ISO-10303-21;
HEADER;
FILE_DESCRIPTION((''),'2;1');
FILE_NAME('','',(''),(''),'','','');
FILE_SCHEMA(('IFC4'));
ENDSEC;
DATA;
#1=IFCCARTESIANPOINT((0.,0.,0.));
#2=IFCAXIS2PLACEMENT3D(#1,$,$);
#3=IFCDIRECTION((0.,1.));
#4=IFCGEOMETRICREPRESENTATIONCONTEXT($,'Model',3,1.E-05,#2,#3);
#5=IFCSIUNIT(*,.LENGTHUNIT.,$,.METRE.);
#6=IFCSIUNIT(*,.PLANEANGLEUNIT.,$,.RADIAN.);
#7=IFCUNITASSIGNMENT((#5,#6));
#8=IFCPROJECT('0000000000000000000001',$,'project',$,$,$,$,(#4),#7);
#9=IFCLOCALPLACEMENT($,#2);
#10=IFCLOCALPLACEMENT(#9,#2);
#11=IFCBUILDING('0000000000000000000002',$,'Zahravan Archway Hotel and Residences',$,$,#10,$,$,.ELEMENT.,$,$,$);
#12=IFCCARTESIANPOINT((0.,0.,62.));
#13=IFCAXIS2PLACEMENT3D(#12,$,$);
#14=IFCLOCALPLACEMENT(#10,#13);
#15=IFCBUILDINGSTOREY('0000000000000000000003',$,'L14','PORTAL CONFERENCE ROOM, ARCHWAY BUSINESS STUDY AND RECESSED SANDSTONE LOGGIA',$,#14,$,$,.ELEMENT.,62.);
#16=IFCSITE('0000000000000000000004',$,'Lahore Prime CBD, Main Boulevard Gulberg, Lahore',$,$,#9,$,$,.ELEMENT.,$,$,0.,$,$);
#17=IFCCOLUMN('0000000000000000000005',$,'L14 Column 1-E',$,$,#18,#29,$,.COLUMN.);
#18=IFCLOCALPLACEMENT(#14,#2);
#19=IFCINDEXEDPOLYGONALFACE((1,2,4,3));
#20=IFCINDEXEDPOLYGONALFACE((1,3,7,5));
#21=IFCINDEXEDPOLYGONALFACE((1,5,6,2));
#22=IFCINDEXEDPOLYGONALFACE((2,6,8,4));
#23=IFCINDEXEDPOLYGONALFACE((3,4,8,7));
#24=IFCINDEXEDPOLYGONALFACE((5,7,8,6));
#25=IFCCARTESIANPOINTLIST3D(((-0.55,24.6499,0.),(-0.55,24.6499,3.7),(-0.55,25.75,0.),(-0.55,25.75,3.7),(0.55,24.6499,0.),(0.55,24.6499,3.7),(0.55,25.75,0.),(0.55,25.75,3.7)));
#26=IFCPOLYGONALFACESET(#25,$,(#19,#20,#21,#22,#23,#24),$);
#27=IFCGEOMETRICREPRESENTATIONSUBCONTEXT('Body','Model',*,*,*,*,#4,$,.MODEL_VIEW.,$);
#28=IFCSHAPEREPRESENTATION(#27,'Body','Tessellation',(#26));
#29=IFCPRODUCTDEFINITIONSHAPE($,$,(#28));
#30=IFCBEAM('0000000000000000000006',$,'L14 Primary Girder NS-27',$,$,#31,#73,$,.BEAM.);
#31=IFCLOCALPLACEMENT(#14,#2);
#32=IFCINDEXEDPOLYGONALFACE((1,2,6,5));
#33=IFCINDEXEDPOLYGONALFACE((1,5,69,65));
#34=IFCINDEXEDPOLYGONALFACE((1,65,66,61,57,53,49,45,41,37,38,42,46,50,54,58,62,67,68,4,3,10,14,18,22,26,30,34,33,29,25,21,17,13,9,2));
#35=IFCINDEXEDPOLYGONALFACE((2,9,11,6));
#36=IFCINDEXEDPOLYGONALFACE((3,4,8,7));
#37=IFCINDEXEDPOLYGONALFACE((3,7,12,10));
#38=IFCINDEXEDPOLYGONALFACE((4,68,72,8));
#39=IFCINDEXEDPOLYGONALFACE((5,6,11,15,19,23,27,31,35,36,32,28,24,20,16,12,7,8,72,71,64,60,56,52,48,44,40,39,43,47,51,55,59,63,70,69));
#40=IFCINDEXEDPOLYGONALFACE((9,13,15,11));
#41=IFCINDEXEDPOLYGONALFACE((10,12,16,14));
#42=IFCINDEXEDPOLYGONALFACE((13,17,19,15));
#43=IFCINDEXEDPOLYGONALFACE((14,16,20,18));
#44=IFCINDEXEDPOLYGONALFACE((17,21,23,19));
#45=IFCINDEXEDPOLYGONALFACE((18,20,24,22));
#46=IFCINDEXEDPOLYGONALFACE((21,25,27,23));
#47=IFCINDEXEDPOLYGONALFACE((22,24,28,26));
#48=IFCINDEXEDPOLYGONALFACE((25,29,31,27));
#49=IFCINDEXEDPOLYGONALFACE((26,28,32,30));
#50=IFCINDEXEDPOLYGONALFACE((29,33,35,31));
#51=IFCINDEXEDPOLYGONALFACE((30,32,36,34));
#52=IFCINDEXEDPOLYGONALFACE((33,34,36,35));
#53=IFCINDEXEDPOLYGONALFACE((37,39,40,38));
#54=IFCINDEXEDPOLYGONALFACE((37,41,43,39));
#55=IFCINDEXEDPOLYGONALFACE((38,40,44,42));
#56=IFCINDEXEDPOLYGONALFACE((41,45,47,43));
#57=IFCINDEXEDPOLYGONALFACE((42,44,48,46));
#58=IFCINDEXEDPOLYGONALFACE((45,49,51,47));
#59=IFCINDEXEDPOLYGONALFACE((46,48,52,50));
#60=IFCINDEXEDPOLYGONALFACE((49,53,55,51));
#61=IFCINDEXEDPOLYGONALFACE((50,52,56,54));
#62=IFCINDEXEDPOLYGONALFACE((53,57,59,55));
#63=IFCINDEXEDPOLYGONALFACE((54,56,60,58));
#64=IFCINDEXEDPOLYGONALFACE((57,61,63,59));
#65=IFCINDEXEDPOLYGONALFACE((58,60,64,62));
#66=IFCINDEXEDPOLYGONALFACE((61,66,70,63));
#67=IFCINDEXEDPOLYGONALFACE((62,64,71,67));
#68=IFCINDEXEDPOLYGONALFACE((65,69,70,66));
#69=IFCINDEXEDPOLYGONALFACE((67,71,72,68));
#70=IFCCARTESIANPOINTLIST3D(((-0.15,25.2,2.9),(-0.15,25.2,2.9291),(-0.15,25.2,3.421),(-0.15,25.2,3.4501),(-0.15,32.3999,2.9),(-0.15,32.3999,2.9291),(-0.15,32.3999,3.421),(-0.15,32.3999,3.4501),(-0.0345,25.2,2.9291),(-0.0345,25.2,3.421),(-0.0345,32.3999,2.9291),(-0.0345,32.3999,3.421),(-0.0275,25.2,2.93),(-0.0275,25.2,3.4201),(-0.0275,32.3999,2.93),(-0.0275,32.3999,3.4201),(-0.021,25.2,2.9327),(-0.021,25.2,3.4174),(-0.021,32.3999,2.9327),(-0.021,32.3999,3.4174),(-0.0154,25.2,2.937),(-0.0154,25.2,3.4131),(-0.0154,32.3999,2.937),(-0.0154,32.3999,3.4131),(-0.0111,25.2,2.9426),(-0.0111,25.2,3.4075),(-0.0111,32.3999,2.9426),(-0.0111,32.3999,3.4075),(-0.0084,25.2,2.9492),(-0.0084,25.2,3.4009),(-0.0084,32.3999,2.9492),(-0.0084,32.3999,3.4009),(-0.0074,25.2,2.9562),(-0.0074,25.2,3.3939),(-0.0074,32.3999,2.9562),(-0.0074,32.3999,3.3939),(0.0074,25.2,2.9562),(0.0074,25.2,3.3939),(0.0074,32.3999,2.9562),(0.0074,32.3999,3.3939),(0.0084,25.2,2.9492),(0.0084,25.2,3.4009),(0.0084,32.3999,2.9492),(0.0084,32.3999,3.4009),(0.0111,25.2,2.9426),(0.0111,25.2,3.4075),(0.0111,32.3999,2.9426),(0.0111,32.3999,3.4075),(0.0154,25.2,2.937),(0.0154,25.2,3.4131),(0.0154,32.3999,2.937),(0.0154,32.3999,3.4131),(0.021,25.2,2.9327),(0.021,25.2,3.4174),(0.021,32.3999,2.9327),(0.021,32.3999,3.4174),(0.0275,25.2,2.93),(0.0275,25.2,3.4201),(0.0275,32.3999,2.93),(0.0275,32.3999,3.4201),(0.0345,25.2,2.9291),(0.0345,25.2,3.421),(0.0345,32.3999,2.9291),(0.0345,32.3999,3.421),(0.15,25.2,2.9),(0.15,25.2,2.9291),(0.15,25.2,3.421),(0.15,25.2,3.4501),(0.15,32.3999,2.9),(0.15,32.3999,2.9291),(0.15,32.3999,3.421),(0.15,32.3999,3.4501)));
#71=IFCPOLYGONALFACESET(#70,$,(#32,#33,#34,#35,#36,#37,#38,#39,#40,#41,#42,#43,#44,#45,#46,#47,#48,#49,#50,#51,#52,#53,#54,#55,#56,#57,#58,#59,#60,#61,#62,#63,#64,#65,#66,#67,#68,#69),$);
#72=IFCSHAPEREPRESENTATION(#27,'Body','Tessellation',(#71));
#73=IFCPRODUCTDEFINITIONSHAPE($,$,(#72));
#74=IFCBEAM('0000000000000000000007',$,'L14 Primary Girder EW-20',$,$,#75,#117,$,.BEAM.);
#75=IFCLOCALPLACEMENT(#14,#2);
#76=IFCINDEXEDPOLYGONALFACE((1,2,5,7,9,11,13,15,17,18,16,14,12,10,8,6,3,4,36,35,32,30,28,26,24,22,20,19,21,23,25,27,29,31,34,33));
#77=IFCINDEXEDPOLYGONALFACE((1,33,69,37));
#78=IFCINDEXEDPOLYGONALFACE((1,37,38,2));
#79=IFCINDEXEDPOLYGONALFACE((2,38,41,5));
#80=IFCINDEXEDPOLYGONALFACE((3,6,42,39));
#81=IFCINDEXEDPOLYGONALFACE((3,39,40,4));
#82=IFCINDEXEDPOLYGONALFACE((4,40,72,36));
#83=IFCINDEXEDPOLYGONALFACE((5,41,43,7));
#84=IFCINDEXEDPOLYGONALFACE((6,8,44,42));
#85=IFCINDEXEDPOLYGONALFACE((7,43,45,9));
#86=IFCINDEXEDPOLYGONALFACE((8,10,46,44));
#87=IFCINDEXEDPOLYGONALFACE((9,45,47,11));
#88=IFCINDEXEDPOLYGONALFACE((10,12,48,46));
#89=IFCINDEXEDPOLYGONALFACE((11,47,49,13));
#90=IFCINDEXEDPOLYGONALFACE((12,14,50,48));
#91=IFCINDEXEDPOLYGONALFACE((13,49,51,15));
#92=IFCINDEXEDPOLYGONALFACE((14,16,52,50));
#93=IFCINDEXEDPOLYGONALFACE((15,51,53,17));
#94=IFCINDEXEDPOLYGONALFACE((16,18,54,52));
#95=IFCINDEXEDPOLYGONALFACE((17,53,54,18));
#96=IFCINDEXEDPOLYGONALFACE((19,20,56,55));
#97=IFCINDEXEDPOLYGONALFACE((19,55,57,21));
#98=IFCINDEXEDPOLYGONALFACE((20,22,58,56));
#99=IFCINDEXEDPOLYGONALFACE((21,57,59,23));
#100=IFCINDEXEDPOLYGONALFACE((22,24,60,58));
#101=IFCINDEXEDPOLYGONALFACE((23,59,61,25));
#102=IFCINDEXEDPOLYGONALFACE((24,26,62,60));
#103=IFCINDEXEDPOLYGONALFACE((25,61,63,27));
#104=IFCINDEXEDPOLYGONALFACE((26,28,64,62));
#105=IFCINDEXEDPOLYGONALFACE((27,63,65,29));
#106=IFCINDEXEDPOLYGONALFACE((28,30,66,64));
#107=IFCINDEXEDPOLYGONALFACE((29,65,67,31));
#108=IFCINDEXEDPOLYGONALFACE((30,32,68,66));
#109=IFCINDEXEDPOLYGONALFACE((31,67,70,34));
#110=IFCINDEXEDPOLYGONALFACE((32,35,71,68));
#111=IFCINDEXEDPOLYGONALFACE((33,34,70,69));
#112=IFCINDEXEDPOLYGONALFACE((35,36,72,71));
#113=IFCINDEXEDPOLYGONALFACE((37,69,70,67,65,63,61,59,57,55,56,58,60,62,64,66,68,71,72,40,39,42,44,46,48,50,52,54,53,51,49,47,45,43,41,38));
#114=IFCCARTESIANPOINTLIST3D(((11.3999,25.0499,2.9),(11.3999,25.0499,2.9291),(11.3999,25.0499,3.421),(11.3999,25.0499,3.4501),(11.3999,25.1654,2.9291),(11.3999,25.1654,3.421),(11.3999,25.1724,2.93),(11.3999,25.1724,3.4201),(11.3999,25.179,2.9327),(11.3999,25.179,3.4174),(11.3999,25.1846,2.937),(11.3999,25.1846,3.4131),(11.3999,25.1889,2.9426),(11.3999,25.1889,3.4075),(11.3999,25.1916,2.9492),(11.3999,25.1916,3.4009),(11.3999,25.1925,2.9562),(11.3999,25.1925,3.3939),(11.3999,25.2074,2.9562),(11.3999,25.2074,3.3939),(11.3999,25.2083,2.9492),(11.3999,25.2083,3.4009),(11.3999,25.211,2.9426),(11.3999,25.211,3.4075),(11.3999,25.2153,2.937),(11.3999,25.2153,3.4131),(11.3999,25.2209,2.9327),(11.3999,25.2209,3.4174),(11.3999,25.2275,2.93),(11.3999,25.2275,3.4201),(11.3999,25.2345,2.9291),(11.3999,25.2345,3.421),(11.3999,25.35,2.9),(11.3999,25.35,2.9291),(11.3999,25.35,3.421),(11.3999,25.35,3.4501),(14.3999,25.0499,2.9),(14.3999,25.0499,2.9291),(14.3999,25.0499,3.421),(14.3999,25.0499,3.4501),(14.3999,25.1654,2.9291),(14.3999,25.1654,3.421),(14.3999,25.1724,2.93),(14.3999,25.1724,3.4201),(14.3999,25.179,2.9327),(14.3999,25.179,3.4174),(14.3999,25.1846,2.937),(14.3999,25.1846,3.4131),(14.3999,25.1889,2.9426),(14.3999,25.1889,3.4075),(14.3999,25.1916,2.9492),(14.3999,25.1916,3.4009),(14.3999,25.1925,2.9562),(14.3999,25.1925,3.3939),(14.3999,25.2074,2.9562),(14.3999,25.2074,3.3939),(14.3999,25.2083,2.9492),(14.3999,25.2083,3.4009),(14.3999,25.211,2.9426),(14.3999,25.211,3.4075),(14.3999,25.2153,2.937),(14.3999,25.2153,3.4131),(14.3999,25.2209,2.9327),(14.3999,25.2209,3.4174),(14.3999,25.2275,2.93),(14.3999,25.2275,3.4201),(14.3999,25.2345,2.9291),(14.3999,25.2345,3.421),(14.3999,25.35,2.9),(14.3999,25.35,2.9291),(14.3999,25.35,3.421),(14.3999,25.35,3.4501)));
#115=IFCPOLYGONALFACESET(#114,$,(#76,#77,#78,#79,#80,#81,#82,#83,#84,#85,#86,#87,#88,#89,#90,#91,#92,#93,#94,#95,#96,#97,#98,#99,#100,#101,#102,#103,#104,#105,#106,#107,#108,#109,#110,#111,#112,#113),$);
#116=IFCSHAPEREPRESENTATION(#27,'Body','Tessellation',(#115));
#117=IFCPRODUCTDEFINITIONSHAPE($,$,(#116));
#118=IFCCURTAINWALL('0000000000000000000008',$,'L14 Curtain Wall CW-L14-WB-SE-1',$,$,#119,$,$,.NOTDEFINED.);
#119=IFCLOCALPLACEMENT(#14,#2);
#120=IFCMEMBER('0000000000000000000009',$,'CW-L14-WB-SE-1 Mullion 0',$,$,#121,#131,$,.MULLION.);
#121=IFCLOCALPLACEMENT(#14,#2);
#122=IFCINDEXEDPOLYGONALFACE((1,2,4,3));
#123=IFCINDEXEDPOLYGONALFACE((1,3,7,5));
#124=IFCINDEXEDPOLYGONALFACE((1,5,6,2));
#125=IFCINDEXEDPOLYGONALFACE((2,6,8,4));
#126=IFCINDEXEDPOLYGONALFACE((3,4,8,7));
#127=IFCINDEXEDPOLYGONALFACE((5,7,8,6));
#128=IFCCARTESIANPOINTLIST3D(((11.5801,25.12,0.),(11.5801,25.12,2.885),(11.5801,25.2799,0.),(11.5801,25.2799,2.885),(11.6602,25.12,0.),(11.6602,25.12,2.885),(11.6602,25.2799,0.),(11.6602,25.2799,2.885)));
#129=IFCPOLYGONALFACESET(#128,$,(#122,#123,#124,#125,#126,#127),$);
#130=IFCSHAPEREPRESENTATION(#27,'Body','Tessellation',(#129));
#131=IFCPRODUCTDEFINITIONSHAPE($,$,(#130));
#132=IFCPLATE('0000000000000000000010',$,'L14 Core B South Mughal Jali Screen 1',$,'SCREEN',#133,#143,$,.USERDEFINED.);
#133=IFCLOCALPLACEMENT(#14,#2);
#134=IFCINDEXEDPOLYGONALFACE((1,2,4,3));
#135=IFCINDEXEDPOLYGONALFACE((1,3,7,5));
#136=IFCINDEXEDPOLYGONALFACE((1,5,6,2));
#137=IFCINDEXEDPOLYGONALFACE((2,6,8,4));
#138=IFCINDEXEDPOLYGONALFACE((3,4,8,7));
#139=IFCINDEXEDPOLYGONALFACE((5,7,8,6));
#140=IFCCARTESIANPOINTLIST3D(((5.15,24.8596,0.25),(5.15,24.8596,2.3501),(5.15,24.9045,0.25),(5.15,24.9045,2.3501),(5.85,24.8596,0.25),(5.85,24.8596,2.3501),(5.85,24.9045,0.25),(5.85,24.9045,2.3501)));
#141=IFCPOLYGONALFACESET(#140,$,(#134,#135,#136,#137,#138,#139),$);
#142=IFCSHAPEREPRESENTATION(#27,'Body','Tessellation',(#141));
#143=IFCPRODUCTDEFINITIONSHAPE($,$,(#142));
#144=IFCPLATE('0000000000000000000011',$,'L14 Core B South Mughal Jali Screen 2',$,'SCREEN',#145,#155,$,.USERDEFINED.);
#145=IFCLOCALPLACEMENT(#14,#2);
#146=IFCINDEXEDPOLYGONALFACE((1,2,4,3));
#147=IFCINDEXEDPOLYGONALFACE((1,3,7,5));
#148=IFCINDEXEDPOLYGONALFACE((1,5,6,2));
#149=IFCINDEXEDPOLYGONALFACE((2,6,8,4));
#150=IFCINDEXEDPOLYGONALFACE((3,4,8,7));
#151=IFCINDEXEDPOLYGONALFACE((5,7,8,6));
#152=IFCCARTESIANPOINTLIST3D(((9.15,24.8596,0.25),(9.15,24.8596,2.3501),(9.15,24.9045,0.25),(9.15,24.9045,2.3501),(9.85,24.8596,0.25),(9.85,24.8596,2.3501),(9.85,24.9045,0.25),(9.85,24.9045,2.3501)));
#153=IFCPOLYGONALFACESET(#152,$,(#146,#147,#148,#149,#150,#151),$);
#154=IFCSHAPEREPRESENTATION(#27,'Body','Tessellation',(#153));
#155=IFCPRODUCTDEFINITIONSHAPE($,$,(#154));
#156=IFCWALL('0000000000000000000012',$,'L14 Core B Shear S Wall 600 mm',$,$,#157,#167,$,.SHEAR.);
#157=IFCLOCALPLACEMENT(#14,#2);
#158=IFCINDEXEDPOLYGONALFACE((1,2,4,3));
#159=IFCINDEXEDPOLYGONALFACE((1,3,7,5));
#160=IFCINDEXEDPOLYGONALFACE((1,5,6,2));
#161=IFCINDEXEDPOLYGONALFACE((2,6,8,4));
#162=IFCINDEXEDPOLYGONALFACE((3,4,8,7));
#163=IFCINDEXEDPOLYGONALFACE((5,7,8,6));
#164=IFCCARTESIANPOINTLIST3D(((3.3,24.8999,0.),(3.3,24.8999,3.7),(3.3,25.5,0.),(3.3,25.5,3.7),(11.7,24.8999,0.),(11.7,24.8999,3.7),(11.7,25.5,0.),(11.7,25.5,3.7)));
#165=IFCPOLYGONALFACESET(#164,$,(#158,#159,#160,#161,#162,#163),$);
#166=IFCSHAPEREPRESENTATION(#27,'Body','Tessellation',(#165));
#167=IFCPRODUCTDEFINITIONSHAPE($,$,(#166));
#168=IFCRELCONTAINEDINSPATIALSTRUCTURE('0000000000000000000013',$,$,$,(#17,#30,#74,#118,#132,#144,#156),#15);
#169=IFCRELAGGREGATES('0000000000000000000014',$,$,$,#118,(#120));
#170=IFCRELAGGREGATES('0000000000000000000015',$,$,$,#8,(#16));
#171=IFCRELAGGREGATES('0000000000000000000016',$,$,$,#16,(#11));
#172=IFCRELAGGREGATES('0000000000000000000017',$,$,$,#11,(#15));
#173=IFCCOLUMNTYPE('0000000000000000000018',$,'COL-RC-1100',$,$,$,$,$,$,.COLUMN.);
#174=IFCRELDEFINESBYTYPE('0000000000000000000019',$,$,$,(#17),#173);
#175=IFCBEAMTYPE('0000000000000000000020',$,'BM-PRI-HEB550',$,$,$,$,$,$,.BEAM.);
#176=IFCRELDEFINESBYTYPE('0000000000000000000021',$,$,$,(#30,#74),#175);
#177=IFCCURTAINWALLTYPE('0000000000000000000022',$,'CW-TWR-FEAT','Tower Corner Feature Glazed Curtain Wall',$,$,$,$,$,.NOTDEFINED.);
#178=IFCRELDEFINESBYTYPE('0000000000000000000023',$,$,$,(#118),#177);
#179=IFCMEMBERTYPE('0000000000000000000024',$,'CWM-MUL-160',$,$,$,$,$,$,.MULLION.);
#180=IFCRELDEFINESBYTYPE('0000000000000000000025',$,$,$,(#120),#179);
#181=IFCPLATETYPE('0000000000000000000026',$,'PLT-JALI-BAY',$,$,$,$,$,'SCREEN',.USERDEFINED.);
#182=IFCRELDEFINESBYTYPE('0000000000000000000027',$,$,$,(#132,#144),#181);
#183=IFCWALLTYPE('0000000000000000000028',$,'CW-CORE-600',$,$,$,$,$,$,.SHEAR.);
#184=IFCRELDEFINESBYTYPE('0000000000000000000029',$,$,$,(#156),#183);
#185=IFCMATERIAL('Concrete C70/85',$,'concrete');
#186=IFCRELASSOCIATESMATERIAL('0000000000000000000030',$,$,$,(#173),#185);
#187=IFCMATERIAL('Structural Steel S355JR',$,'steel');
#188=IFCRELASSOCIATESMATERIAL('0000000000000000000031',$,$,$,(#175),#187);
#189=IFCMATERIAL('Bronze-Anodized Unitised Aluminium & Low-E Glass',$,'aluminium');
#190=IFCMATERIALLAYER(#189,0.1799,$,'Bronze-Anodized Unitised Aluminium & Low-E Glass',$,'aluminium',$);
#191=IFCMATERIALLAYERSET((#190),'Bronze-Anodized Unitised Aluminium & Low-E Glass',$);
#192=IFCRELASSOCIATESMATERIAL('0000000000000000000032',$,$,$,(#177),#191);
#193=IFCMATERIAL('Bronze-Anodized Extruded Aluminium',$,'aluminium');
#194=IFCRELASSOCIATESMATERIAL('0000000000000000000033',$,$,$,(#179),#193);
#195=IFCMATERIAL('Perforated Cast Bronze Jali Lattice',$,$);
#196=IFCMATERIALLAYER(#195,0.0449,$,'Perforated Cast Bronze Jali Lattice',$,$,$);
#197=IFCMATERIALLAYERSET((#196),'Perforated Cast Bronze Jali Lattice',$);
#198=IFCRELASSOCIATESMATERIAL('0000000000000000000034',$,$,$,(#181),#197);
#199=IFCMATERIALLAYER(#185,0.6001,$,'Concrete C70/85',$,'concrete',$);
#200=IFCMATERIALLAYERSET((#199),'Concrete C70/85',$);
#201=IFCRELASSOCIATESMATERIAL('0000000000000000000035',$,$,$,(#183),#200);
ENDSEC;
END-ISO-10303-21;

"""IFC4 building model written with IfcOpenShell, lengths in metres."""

from ifc_helpers import new_model, si_unit, direction, frame, frame_2d, origin, origin_2d, place, context, subcontext, project, spatial, rectangle, i_section, extrude, source, transform, mapped, material, layer, layer_set, material_profile, profile_set, type_object, type_shapes, element, aggregate, save


model = new_model("IFC4")

# Units and contexts
model_context = context("Model", 3, precision=1e-05, world=origin(), true_north=direction((0.0, 1.0)))
body_context = subcontext(model_context, "Body", "Model", "MODEL_VIEW")
ifc_project = project(units=[si_unit("LENGTHUNIT", "METRE"), si_unit("PLANEANGLEUNIT", "RADIAN")], contexts=[model_context])

# Site, building, storey
site_placement = place(None, origin())
site = spatial("IfcSite", under=ifc_project, at=site_placement, Name="Lahore Prime CBD, Main Boulevard Gulberg, Lahore", CompositionType="ELEMENT", RefElevation=0.0)
building_placement = place(site_placement, origin())
building = spatial("IfcBuilding", under=site, at=building_placement, Name="Zahravan Archway Hotel and Residences", CompositionType="ELEMENT")
storey_placement = place(building_placement, frame((0.0, 0.0, 62.0)))
storey = spatial("IfcBuildingStorey", under=building, at=storey_placement, Name="L14", Description="PORTAL CONFERENCE ROOM, ARCHWAY BUSINESS STUDY AND RECESSED SANDSTONE LOGGIA", CompositionType="ELEMENT", Elevation=62.0)

# Column
ifc_material_1 = material(Name="Concrete C70/85", Category="concrete")
ifc_material_profile_1 = material_profile(ifc_material_1, rectangle(XDim=1.1001, YDim=1.1001, at=origin_2d()), Name="RC 1100x1100", Category="concrete")
ifc_profile_set_1 = profile_set([ifc_material_profile_1], Name="Concrete C70/85")
column_type = type_object("IfcColumnType", Name="COL-RC-1100", PredefinedType="COLUMN", material=ifc_profile_set_1)
shared_shape_1 = source(origin(), body_context, "Body", "SweptSolid", [
    extrude(rectangle(XDim=1.1001, YDim=1.1001, at=origin_2d()), origin(), (0.0, 0.0, 1.0), 3.7),
])
column_placement = place(storey_placement, frame((0.0, 25.2, 0.0), z_axis=(0.0, 0.0, 1.0), x_axis=(1.0, 0.0, 0.0)))
element("IfcColumn", 1, at=column_placement, inside=storey, type_object=column_type, Name="L14 Column 1-E", PredefinedType="COLUMN", context=body_context, shape_type="MappedRepresentation", body=[
    mapped(shared_shape_1, transform((0.0, 0.0, 0.0), scale=1.0)),
])

# Beams
ifc_material_2 = material(Name="Structural Steel S355JR", Category="steel")
ifc_material_profile_2 = material_profile(ifc_material_2, i_section(OverallWidth=0.3, OverallDepth=0.55, WebThickness=0.0149, FlangeThickness=0.0291, FilletRadius=0.0271, at=origin_2d()), Name="HEB 550", Category="steel")
ifc_profile_set_2 = profile_set([ifc_material_profile_2], Name="Structural Steel S355JR")
beam_type = type_object("IfcBeamType", Name="BM-PRI-HEB550", PredefinedType="BEAM", material=ifc_profile_set_2)
shared_shape_2 = source(origin(), body_context, "Body", "SweptSolid", [
    extrude(i_section(OverallWidth=0.3, OverallDepth=0.55, WebThickness=0.0149, FlangeThickness=0.0291, FilletRadius=0.0271, at=origin_2d()), origin(), (0.0, 0.0, 1.0), 7.2),
])
beam_1_placement = place(storey_placement, frame((0.0, 25.2, 3.175), z_axis=(0.0, 1.0, 0.0), x_axis=(-1.0, 0.0, 0.0)))
element("IfcBeam", 2, at=beam_1_placement, inside=storey, type_object=beam_type, Name="L14 Primary Girder NS-27", PredefinedType="BEAM", context=body_context, shape_type="MappedRepresentation", body=[
    mapped(shared_shape_2, transform((0.0, 0.0, 0.0), scale=1.0)),
])
shared_shape_3 = source(origin(), body_context, "Body", "SweptSolid", [
    extrude(i_section(OverallWidth=0.3, OverallDepth=0.55, WebThickness=0.0149, FlangeThickness=0.0291, FilletRadius=0.0271, at=origin_2d()), origin(), (0.0, 0.0, 1.0), 3.0),
])
beam_2_placement = place(storey_placement, frame((11.3999, 25.2, 3.175), z_axis=(1.0, 0.0, 0.0), x_axis=(0.0, 1.0, 0.0)))
element("IfcBeam", 3, at=beam_2_placement, inside=storey, type_object=beam_type, Name="L14 Primary Girder EW-20", PredefinedType="BEAM", context=body_context, shape_type="MappedRepresentation", body=[
    mapped(shared_shape_3, transform((0.0, 0.0, 0.0), scale=1.0)),
])

# Curtain wall, member
ifc_material_3 = material(Name="Bronze-Anodized Unitised Aluminium & Low-E Glass", Category="aluminium")
ifc_layer_1 = layer(ifc_material_3, 0.1799, Name="Bronze-Anodized Unitised Aluminium & Low-E Glass", Category="aluminium")
ifc_layer_set_1 = layer_set([ifc_layer_1], Name="Bronze-Anodized Unitised Aluminium & Low-E Glass")
curtain_wall_type = type_object("IfcCurtainWallType", Name="CW-TWR-FEAT", Description="Tower Corner Feature Glazed Curtain Wall", PredefinedType="NOTDEFINED", material=ifc_layer_set_1)
curtain_wall_placement = place(storey_placement, origin())
curtain_wall = element("IfcCurtainWall", 4, at=curtain_wall_placement, inside=storey, type_object=curtain_wall_type, Name="L14 Curtain Wall CW-L14-WB-SE-1", PredefinedType="NOTDEFINED")
ifc_material_4 = material(Name="Bronze-Anodized Extruded Aluminium", Category="aluminium")
ifc_material_profile_3 = material_profile(ifc_material_4, rectangle(XDim=0.0801, YDim=0.1599, at=origin_2d()), Name="MUL 80x160", Category="aluminium")
ifc_profile_set_3 = profile_set([ifc_material_profile_3], Name="Bronze-Anodized Extruded Aluminium")
member_type = type_object("IfcMemberType", Name="CWM-MUL-160", PredefinedType="MULLION", material=ifc_profile_set_3)
shared_shape_4 = source(origin(), body_context, "Body", "SweptSolid", [
    extrude(rectangle(XDim=0.0801, YDim=0.1599, at=origin_2d()), origin(), (0.0, 0.0, 1.0), 2.885),
])
member_placement = place(storey_placement, frame((11.6201, 25.2, 0.0), z_axis=(0.0, 0.0, 1.0), x_axis=(1.0, 0.0, 0.0)))
member = element("IfcMember", 5, at=member_placement, type_object=member_type, Name="CW-L14-WB-SE-1 Mullion 0", PredefinedType="MULLION", context=body_context, shape_type="MappedRepresentation", body=[
    mapped(shared_shape_4, transform((0.0, 0.0, 0.0), scale=1.0)),
])
aggregate(curtain_wall, [member])

# Plates
ifc_material_5 = material(Name="Perforated Cast Bronze Jali Lattice")
ifc_layer_2 = layer(ifc_material_5, 0.0449, Name="Perforated Cast Bronze Jali Lattice")
ifc_layer_set_2 = layer_set([ifc_layer_2], Name="Perforated Cast Bronze Jali Lattice")
plate_type = type_object("IfcPlateType", Name="PLT-JALI-BAY", ElementType="SCREEN", PredefinedType="USERDEFINED", material=ifc_layer_set_2)
shared_shape_5 = source(origin(), body_context, "Body", "SweptSolid", [
    extrude(rectangle(XDim=0.7, YDim=0.0449, at=origin_2d()), origin(), (0.0, 0.0, 1.0), 2.1001),
])
type_shapes(plate_type, [shared_shape_5])
for number, where, z_axis, x_axis, name in (
    (6, (5.5, 24.8821, 0.25), (0.0, 0.0, 1.0), (1.0, 0.0, 0.0), "L14 Core B South Mughal Jali Screen 1"),
    (7, (9.5, 24.8821, 0.25), (0.0, 0.0, 1.0), (1.0, 0.0, 0.0), "L14 Core B South Mughal Jali Screen 2"),
):
    element("IfcPlate", number, at=place(storey_placement, frame(where, z_axis=z_axis, x_axis=x_axis)), inside=storey, type_object=plate_type, Name=name, ObjectType="SCREEN", PredefinedType="USERDEFINED", context=body_context, shape_type="MappedRepresentation", body=[
        mapped(shared_shape_5, transform((0.0, 0.0, 0.0), scale=1.0)),
    ])

# Wall
ifc_layer_3 = layer(ifc_material_1, 0.6001, Name="Concrete C70/85", Category="concrete")
ifc_layer_set_3 = layer_set([ifc_layer_3], Name="Concrete C70/85")
wall_type_1 = type_object("IfcWallType", Name="CW-CORE-600", PredefinedType="SHEAR", material=ifc_layer_set_3)
wall_1_placement = place(storey_placement, frame((3.3, 25.2, 0.0), z_axis=(0.0, 0.0, 1.0), x_axis=(1.0, 0.0, 0.0)))
element("IfcWall", 8, at=wall_1_placement, inside=storey, type_object=wall_type_1, Name="L14 Core B Shear S Wall 600 mm", PredefinedType="SHEAR", context=body_context, shape_type="SweptSolid", body=[
    extrude(rectangle(XDim=8.3999, YDim=0.6001, at=frame_2d((4.2, 0.0))), origin(), (0.0, 0.0, 1.0), 3.7),
])

save(model, "model.ifc")
